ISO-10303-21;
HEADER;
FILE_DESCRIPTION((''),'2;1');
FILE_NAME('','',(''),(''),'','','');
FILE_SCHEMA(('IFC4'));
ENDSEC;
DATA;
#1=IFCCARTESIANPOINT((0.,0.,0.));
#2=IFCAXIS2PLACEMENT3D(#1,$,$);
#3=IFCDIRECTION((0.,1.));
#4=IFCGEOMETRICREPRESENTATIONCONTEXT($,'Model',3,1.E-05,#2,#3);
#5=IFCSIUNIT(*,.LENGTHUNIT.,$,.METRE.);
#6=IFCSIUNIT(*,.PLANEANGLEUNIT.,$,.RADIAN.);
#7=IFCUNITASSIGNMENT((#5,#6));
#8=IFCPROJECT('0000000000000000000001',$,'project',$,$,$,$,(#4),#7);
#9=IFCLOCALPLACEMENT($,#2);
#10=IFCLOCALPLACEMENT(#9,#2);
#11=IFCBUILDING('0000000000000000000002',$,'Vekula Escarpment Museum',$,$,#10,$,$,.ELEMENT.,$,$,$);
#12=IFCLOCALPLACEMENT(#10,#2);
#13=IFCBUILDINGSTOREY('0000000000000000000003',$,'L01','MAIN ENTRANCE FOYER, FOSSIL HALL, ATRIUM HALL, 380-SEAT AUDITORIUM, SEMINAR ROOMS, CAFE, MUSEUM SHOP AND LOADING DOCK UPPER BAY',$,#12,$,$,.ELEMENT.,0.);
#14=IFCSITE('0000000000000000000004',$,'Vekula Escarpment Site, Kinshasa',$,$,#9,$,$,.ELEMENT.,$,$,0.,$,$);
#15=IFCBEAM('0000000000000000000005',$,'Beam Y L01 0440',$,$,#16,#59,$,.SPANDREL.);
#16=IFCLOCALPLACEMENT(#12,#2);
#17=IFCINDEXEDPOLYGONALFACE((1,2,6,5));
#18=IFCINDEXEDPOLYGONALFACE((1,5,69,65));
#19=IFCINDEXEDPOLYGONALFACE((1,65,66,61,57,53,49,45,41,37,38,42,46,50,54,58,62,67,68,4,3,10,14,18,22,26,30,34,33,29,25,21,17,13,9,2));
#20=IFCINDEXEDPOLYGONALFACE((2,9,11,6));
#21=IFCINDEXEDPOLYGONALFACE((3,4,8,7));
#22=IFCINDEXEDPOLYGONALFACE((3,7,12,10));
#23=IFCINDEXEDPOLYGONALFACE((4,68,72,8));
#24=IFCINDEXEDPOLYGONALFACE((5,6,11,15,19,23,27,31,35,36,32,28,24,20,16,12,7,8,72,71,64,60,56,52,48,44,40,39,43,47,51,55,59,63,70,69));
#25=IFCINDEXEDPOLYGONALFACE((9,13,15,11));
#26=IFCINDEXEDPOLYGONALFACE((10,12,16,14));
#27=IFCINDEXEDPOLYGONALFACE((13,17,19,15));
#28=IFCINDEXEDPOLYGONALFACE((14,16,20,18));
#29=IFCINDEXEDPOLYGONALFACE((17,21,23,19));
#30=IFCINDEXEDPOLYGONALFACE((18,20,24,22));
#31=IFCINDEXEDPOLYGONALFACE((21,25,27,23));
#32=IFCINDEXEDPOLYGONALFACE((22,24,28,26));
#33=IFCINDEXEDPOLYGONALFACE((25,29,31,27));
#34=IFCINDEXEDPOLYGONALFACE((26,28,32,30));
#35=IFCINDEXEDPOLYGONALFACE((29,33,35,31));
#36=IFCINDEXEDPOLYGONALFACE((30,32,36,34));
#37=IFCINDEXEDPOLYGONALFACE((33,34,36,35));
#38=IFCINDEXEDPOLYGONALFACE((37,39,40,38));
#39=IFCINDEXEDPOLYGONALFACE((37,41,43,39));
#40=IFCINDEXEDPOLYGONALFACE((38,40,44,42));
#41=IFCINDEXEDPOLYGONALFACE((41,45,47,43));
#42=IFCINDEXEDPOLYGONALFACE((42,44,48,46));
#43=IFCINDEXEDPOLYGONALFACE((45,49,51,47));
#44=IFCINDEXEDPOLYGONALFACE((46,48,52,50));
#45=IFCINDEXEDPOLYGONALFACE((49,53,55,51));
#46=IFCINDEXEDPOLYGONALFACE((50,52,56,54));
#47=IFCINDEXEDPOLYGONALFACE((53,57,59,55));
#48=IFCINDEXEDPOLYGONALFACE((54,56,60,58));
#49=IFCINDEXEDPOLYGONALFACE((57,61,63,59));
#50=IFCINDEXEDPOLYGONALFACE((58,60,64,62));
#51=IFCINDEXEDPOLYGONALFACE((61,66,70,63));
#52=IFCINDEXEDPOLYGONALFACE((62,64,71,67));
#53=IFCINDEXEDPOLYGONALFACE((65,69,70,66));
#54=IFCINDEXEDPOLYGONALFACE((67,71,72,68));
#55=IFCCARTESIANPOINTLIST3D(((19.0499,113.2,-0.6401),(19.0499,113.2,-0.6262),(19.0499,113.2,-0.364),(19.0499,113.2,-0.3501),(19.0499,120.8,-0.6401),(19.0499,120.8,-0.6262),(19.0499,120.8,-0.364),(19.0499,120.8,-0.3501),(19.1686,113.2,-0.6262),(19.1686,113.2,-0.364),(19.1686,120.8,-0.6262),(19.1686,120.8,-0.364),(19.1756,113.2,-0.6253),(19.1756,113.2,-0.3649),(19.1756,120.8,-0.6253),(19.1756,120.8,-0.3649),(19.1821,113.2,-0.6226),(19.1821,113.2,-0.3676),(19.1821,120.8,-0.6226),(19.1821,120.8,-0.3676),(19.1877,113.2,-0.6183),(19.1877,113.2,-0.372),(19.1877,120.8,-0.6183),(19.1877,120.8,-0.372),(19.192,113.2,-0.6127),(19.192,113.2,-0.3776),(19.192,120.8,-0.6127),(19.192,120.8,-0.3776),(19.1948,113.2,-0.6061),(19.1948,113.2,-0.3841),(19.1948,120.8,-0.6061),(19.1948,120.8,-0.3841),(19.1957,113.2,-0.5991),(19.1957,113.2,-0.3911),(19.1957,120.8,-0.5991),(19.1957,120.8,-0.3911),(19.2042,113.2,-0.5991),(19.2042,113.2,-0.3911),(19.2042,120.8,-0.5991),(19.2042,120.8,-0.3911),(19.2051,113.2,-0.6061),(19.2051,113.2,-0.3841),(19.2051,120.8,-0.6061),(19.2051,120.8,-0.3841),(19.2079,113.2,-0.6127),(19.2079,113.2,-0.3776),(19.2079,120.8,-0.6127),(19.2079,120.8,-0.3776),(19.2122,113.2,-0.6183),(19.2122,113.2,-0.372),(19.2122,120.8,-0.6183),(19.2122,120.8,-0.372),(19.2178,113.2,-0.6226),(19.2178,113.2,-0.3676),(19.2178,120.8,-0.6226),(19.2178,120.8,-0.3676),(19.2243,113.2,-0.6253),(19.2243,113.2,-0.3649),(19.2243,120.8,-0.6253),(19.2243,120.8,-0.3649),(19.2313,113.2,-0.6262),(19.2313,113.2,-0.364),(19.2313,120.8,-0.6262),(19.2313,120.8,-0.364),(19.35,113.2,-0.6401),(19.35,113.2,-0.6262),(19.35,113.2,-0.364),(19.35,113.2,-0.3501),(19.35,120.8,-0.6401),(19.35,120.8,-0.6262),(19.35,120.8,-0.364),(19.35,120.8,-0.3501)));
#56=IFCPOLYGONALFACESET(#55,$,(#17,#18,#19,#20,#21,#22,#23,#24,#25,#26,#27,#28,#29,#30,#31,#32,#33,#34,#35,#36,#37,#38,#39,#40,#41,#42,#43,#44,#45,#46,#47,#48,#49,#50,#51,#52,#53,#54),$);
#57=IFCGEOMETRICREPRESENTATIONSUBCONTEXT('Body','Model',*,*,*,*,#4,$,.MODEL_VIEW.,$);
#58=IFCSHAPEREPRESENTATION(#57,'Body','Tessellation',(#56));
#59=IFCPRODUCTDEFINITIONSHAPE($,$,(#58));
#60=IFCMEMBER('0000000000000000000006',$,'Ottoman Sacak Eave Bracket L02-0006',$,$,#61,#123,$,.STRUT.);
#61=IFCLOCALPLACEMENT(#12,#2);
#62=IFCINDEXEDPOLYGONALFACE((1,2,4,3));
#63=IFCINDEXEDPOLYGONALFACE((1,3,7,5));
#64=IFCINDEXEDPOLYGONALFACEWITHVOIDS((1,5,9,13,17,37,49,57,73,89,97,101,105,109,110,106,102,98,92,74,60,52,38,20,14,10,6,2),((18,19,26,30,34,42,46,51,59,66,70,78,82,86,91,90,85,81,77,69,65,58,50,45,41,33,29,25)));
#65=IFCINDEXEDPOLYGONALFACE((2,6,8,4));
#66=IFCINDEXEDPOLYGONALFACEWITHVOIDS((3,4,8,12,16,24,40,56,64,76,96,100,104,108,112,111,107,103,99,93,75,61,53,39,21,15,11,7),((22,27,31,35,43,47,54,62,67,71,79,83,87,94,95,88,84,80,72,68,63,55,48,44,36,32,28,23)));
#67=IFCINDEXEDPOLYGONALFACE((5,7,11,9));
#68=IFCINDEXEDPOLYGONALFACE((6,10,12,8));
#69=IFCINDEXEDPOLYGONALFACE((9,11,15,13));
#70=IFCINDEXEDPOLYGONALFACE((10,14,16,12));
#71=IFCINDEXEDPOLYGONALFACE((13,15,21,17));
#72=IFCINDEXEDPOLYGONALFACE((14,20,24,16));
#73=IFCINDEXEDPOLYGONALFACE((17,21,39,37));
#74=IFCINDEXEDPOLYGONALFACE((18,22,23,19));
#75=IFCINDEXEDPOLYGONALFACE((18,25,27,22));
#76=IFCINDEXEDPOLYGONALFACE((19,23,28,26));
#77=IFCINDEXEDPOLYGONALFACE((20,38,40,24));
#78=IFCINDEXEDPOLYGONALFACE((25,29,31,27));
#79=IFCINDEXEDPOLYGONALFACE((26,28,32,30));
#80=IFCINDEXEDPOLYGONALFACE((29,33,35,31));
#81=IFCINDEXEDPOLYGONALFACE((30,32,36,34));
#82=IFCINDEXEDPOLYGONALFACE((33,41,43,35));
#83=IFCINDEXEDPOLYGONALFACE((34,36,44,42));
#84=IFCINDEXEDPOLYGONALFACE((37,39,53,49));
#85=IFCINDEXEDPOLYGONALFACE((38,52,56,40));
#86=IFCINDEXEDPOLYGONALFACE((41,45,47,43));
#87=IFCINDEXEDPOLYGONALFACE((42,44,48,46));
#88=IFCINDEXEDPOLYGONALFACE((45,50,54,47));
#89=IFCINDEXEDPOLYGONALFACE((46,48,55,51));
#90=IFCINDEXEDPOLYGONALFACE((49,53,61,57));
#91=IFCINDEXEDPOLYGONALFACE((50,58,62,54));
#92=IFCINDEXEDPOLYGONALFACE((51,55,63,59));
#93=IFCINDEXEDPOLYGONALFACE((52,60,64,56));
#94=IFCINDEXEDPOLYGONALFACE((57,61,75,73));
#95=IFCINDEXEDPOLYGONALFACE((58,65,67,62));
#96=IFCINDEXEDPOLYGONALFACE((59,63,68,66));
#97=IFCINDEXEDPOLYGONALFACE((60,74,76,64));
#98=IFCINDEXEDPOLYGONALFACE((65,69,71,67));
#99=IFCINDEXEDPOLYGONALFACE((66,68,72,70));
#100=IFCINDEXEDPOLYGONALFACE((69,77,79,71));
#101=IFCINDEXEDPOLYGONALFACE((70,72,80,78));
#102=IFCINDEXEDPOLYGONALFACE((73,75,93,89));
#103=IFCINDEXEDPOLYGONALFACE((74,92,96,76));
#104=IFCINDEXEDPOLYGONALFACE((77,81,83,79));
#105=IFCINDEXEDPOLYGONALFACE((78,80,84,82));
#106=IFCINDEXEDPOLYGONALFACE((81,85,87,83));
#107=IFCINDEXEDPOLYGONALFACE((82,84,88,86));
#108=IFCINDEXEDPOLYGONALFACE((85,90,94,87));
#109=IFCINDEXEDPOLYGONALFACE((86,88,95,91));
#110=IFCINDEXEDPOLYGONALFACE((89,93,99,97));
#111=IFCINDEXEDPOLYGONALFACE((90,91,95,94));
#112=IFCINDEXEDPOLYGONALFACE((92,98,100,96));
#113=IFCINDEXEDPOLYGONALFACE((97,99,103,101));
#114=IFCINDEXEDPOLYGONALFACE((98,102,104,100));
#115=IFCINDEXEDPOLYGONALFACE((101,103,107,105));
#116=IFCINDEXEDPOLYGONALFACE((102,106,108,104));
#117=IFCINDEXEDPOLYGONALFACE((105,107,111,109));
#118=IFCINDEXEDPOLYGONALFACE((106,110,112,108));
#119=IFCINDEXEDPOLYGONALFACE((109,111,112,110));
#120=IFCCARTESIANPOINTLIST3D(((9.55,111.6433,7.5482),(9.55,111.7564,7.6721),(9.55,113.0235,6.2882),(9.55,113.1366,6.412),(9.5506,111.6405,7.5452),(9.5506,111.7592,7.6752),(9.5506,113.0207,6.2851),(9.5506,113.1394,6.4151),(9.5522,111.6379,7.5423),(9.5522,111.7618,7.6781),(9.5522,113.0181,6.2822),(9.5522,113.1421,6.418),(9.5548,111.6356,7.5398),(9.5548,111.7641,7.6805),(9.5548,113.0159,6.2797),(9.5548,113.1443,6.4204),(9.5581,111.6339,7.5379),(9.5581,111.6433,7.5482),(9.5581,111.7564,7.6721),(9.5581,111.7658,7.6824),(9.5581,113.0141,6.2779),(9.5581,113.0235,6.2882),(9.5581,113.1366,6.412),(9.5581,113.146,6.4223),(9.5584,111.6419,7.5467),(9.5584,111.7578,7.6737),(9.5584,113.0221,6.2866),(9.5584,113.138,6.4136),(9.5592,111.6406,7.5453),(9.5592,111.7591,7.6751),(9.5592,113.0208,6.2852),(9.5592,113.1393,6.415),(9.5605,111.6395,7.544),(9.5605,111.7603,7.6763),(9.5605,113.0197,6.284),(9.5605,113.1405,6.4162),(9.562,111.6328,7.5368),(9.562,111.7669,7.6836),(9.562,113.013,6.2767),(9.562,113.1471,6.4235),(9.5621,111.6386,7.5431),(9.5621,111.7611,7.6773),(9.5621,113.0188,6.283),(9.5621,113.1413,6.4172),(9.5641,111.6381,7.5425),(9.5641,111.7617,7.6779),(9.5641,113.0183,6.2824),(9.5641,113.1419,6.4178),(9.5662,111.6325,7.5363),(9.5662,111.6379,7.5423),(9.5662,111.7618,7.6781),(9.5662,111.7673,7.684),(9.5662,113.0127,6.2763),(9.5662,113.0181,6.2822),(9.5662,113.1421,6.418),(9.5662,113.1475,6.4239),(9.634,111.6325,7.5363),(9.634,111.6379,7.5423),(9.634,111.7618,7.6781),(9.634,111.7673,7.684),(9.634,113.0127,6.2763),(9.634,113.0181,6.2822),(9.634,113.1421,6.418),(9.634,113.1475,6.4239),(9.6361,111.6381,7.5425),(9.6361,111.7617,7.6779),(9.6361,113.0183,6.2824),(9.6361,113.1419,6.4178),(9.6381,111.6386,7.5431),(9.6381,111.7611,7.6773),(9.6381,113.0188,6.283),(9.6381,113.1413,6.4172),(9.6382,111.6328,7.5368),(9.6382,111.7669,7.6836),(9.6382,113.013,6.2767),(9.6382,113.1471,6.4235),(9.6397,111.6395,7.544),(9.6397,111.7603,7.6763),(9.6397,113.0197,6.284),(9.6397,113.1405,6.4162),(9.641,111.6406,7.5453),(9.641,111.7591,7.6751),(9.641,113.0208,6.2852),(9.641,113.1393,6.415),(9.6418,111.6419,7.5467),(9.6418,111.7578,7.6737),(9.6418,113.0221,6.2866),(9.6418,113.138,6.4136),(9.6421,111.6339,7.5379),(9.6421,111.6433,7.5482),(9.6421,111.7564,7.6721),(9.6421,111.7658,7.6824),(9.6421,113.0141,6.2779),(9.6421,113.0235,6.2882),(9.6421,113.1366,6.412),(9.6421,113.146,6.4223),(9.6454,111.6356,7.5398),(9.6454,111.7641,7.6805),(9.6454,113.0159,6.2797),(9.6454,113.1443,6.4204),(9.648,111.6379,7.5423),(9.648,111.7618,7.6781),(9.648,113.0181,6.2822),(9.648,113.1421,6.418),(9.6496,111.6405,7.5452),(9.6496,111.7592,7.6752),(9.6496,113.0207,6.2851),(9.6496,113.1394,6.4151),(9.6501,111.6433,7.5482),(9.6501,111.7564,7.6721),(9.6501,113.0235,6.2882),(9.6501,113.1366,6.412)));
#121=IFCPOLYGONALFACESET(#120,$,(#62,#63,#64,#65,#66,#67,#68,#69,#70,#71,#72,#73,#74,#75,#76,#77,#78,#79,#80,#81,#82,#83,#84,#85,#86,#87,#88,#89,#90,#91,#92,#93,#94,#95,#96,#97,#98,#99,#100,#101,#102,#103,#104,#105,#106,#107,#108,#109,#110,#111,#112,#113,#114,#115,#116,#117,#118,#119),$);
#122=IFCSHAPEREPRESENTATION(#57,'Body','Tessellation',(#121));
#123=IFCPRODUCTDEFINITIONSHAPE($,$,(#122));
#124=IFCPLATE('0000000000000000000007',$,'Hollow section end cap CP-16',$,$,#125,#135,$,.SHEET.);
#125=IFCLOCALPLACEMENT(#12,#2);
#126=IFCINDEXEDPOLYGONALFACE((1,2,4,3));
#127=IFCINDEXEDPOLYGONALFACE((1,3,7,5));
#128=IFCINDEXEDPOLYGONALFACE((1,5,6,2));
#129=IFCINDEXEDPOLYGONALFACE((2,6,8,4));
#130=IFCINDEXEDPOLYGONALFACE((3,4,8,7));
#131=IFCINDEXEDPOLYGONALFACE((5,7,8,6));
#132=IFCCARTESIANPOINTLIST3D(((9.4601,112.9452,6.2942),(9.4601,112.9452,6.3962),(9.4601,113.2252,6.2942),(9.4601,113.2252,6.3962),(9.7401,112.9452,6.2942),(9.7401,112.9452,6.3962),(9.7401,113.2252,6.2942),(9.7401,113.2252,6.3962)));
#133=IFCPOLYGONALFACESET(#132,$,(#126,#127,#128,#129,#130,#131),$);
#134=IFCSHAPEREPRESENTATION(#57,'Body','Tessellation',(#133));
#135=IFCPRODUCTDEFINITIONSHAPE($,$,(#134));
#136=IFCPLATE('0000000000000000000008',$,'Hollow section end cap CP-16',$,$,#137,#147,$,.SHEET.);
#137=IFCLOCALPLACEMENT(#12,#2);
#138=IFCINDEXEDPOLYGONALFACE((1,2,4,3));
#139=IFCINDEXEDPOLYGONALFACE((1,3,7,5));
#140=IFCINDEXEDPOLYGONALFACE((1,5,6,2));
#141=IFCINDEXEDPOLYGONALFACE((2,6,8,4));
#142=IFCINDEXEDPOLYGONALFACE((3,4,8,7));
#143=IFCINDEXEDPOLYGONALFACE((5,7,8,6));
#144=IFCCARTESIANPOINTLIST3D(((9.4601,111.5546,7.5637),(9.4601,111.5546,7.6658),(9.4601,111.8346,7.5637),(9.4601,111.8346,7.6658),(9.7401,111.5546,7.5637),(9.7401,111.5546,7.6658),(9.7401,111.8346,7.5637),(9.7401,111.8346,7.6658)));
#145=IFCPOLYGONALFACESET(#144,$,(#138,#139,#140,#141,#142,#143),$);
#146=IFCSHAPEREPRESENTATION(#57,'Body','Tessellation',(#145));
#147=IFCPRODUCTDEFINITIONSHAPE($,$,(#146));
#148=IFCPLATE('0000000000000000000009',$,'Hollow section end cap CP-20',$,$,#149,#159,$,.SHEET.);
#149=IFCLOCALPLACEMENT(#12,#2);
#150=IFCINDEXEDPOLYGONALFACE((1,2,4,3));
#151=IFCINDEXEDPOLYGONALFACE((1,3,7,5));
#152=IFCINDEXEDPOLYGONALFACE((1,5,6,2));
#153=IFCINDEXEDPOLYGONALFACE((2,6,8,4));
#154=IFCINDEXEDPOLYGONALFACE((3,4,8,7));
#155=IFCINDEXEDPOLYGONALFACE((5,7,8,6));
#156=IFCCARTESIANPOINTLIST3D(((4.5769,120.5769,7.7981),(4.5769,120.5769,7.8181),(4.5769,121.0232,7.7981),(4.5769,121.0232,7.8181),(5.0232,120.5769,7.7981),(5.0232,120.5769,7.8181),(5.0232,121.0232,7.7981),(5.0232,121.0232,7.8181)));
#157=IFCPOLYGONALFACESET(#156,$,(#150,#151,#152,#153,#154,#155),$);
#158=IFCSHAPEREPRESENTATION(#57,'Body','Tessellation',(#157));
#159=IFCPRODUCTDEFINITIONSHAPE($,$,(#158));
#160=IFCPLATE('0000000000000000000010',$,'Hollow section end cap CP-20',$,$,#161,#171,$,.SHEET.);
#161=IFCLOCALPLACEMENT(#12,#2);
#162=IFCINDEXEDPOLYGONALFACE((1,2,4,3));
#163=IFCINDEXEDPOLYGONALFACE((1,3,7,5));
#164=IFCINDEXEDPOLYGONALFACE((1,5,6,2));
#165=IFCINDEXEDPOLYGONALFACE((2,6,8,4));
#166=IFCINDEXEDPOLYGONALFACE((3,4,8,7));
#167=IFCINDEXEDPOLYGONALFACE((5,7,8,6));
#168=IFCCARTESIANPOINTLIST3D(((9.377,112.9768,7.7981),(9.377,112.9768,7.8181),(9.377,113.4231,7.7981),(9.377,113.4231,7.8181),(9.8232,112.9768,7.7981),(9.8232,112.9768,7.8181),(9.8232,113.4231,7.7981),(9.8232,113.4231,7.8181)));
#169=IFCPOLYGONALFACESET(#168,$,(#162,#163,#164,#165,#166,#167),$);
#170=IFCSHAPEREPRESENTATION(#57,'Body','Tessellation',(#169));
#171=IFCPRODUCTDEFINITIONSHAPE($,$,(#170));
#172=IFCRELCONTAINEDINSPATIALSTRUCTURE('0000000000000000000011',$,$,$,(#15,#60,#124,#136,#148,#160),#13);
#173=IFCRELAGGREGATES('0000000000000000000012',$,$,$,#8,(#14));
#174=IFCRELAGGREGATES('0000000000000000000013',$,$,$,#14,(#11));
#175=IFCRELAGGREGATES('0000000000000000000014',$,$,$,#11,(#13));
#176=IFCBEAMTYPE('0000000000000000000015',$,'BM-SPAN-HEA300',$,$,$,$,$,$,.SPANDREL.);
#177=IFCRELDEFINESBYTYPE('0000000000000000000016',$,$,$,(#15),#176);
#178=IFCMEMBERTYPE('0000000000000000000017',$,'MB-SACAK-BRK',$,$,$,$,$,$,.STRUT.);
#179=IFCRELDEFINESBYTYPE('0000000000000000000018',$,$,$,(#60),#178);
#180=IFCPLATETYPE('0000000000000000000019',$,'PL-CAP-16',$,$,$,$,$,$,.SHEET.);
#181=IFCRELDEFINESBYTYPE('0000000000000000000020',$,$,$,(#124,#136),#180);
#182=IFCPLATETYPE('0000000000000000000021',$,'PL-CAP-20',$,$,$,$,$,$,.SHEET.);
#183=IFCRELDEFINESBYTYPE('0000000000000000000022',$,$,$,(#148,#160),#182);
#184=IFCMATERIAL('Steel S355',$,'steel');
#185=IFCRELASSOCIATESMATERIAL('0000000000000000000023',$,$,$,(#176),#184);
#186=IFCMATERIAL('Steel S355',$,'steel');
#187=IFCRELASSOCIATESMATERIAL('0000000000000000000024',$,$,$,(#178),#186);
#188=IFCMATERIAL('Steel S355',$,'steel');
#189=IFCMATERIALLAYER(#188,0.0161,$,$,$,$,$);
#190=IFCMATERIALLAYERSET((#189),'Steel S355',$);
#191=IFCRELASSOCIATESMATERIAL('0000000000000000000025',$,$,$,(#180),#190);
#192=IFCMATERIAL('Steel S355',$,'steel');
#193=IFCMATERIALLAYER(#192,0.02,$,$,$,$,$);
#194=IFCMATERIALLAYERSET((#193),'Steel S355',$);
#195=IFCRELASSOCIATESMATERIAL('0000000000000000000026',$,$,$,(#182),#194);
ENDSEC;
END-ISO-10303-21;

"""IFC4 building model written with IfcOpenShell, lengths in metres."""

from ifc_helpers import new_model, si_unit, direction, frame, origin, origin_2d, place, context, subcontext, project, spatial, rectangle, hollow_rectangle, i_section, extrude, material, layer, layer_set, material_profile, profile_set, type_object, element, save


model = new_model("IFC4")

# Units and contexts
model_context = context("Model", 3, precision=1e-05, world=origin(), true_north=direction((0.0, 1.0)))
body_context = subcontext(model_context, "Body", "Model", "MODEL_VIEW")
ifc_project = project(units=[si_unit("LENGTHUNIT", "METRE"), si_unit("PLANEANGLEUNIT", "RADIAN")], contexts=[model_context])

# Site, building, storey
site_placement = place(None, origin())
site = spatial("IfcSite", under=ifc_project, at=site_placement, Name="Vekula Escarpment Site, Kinshasa", CompositionType="ELEMENT", RefElevation=0.0)
building_placement = place(site_placement, origin())
building = spatial("IfcBuilding", under=site, at=building_placement, Name="Vekula Escarpment Museum", CompositionType="ELEMENT")
storey_placement = place(building_placement, origin())
storey = spatial("IfcBuildingStorey", under=building, at=storey_placement, Name="L01", Description="MAIN ENTRANCE FOYER, FOSSIL HALL, ATRIUM HALL, 380-SEAT AUDITORIUM, SEMINAR ROOMS, CAFE, MUSEUM SHOP AND LOADING DOCK UPPER BAY", CompositionType="ELEMENT", Elevation=0.0)

# Beam
ifc_material_1 = material(Name="Steel S355", Category="steel")
ifc_material_profile_1 = material_profile(ifc_material_1, i_section(OverallWidth=0.3, OverallDepth=0.29, WebThickness=0.0085, FlangeThickness=0.0139, FilletRadius=0.0271, at=origin_2d()), Name="HEA 300")
ifc_profile_set_1 = profile_set([ifc_material_profile_1], Name="Steel S355")
beam_type_1 = type_object("IfcBeamType", Name="BM-SPAN-HEA300", PredefinedType="SPANDREL", material=ifc_profile_set_1)
for number, where, z_axis, x_axis, name in (
    (1, (19.2, 113.2, -0.4951), (0.0, 1.0, 0.0), (-1.0, 0.0, 0.0), "Beam Y L01 0440"),
):
    element("IfcBeam", number, at=place(storey_placement, frame(where, z_axis=z_axis, x_axis=x_axis)), inside=storey, type_object=beam_type_1, Name=name, PredefinedType="SPANDREL", context=body_context, shape_type="SweptSolid", body=[
        extrude(i_section(OverallWidth=0.3, OverallDepth=0.29, WebThickness=0.0085, FlangeThickness=0.0139, FilletRadius=0.0271, at=origin_2d()), origin(), (0.0, 0.0, 1.0), 7.6001),
    ])

# Member
ifc_material_2 = material(Name="Steel S355", Category="steel")
ifc_material_profile_2 = material_profile(ifc_material_2, hollow_rectangle(XDim=0.1001, YDim=0.2, WallThickness=0.0081, InnerFilletRadius=0.0081, OuterFilletRadius=0.0161, at=origin_2d()), Name="RHS 200x100x8")
ifc_profile_set_2 = profile_set([ifc_material_profile_2], Name="Steel S355")
member_type = type_object("IfcMemberType", Name="MB-SACAK-BRK", PredefinedType="STRUT", material=ifc_profile_set_2)
member_placement = place(storey_placement, frame((9.6001, 113.0801, 6.3501), z_axis=(0.0, -0.738514, 0.674238), x_axis=(1.0, 0.0, 0.0)))
element("IfcMember", 2, at=member_placement, inside=storey, type_object=member_type, Name="Ottoman Sacak Eave Bracket L02-0006", PredefinedType="STRUT", context=body_context, shape_type="SweptSolid", body=[
    extrude(hollow_rectangle(XDim=0.1001, YDim=0.2, WallThickness=0.0081, InnerFilletRadius=0.0081, OuterFilletRadius=0.0161, at=origin_2d()), origin(), (0.0, 0.0, 1.0), 1.8689),
])

# Plates
ifc_material_3 = material(Name="Steel S355", Category="steel")
ifc_layer_1 = layer(ifc_material_3, 0.0161)
ifc_layer_set_1 = layer_set([ifc_layer_1], Name="Steel S355")
plate_type_1 = type_object("IfcPlateType", Name="PL-CAP-16", PredefinedType="SHEET", material=ifc_layer_set_1)
for number, where, z_axis, x_axis, name in (
    (3, (9.6001, 113.0852, 6.2942), (0.0, 0.0, 1.0), (1.0, 0.0, 0.0), "Hollow section end cap CP-16"),
    (4, (9.6001, 111.6946, 7.5637), (0.0, 0.0, 1.0), (1.0, 0.0, 0.0), "Hollow section end cap CP-16"),
):
    element("IfcPlate", number, at=place(storey_placement, frame(where, z_axis=z_axis, x_axis=x_axis)), inside=storey, type_object=plate_type_1, Name=name, PredefinedType="SHEET", context=body_context, shape_type="SweptSolid", body=[
        extrude(rectangle(XDim=0.28, YDim=0.28, at=origin_2d()), origin(), (0.0, 0.0, 1.0), 0.1021),
    ])
ifc_material_4 = material(Name="Steel S355", Category="steel")
ifc_layer_2 = layer(ifc_material_4, 0.02)
ifc_layer_set_2 = layer_set([ifc_layer_2], Name="Steel S355")
plate_type_2 = type_object("IfcPlateType", Name="PL-CAP-20", PredefinedType="SHEET", material=ifc_layer_set_2)
for number, where, z_axis, x_axis, name in (
    (5, (4.8, 120.8, 7.7981), (0.0, 0.0, 1.0), (1.0, 0.0, 0.0), "Hollow section end cap CP-20"),
    (6, (9.6001, 113.2, 7.7981), (0.0, 0.0, 1.0), (1.0, 0.0, 0.0), "Hollow section end cap CP-20"),
):
    element("IfcPlate", number, at=place(storey_placement, frame(where, z_axis=z_axis, x_axis=x_axis)), inside=storey, type_object=plate_type_2, Name=name, PredefinedType="SHEET", context=body_context, shape_type="SweptSolid", body=[
        extrude(rectangle(XDim=0.4463, YDim=0.4463, at=origin_2d()), origin(), (0.0, 0.0, 1.0), 0.02),
    ])

save(model, "model.ifc")
